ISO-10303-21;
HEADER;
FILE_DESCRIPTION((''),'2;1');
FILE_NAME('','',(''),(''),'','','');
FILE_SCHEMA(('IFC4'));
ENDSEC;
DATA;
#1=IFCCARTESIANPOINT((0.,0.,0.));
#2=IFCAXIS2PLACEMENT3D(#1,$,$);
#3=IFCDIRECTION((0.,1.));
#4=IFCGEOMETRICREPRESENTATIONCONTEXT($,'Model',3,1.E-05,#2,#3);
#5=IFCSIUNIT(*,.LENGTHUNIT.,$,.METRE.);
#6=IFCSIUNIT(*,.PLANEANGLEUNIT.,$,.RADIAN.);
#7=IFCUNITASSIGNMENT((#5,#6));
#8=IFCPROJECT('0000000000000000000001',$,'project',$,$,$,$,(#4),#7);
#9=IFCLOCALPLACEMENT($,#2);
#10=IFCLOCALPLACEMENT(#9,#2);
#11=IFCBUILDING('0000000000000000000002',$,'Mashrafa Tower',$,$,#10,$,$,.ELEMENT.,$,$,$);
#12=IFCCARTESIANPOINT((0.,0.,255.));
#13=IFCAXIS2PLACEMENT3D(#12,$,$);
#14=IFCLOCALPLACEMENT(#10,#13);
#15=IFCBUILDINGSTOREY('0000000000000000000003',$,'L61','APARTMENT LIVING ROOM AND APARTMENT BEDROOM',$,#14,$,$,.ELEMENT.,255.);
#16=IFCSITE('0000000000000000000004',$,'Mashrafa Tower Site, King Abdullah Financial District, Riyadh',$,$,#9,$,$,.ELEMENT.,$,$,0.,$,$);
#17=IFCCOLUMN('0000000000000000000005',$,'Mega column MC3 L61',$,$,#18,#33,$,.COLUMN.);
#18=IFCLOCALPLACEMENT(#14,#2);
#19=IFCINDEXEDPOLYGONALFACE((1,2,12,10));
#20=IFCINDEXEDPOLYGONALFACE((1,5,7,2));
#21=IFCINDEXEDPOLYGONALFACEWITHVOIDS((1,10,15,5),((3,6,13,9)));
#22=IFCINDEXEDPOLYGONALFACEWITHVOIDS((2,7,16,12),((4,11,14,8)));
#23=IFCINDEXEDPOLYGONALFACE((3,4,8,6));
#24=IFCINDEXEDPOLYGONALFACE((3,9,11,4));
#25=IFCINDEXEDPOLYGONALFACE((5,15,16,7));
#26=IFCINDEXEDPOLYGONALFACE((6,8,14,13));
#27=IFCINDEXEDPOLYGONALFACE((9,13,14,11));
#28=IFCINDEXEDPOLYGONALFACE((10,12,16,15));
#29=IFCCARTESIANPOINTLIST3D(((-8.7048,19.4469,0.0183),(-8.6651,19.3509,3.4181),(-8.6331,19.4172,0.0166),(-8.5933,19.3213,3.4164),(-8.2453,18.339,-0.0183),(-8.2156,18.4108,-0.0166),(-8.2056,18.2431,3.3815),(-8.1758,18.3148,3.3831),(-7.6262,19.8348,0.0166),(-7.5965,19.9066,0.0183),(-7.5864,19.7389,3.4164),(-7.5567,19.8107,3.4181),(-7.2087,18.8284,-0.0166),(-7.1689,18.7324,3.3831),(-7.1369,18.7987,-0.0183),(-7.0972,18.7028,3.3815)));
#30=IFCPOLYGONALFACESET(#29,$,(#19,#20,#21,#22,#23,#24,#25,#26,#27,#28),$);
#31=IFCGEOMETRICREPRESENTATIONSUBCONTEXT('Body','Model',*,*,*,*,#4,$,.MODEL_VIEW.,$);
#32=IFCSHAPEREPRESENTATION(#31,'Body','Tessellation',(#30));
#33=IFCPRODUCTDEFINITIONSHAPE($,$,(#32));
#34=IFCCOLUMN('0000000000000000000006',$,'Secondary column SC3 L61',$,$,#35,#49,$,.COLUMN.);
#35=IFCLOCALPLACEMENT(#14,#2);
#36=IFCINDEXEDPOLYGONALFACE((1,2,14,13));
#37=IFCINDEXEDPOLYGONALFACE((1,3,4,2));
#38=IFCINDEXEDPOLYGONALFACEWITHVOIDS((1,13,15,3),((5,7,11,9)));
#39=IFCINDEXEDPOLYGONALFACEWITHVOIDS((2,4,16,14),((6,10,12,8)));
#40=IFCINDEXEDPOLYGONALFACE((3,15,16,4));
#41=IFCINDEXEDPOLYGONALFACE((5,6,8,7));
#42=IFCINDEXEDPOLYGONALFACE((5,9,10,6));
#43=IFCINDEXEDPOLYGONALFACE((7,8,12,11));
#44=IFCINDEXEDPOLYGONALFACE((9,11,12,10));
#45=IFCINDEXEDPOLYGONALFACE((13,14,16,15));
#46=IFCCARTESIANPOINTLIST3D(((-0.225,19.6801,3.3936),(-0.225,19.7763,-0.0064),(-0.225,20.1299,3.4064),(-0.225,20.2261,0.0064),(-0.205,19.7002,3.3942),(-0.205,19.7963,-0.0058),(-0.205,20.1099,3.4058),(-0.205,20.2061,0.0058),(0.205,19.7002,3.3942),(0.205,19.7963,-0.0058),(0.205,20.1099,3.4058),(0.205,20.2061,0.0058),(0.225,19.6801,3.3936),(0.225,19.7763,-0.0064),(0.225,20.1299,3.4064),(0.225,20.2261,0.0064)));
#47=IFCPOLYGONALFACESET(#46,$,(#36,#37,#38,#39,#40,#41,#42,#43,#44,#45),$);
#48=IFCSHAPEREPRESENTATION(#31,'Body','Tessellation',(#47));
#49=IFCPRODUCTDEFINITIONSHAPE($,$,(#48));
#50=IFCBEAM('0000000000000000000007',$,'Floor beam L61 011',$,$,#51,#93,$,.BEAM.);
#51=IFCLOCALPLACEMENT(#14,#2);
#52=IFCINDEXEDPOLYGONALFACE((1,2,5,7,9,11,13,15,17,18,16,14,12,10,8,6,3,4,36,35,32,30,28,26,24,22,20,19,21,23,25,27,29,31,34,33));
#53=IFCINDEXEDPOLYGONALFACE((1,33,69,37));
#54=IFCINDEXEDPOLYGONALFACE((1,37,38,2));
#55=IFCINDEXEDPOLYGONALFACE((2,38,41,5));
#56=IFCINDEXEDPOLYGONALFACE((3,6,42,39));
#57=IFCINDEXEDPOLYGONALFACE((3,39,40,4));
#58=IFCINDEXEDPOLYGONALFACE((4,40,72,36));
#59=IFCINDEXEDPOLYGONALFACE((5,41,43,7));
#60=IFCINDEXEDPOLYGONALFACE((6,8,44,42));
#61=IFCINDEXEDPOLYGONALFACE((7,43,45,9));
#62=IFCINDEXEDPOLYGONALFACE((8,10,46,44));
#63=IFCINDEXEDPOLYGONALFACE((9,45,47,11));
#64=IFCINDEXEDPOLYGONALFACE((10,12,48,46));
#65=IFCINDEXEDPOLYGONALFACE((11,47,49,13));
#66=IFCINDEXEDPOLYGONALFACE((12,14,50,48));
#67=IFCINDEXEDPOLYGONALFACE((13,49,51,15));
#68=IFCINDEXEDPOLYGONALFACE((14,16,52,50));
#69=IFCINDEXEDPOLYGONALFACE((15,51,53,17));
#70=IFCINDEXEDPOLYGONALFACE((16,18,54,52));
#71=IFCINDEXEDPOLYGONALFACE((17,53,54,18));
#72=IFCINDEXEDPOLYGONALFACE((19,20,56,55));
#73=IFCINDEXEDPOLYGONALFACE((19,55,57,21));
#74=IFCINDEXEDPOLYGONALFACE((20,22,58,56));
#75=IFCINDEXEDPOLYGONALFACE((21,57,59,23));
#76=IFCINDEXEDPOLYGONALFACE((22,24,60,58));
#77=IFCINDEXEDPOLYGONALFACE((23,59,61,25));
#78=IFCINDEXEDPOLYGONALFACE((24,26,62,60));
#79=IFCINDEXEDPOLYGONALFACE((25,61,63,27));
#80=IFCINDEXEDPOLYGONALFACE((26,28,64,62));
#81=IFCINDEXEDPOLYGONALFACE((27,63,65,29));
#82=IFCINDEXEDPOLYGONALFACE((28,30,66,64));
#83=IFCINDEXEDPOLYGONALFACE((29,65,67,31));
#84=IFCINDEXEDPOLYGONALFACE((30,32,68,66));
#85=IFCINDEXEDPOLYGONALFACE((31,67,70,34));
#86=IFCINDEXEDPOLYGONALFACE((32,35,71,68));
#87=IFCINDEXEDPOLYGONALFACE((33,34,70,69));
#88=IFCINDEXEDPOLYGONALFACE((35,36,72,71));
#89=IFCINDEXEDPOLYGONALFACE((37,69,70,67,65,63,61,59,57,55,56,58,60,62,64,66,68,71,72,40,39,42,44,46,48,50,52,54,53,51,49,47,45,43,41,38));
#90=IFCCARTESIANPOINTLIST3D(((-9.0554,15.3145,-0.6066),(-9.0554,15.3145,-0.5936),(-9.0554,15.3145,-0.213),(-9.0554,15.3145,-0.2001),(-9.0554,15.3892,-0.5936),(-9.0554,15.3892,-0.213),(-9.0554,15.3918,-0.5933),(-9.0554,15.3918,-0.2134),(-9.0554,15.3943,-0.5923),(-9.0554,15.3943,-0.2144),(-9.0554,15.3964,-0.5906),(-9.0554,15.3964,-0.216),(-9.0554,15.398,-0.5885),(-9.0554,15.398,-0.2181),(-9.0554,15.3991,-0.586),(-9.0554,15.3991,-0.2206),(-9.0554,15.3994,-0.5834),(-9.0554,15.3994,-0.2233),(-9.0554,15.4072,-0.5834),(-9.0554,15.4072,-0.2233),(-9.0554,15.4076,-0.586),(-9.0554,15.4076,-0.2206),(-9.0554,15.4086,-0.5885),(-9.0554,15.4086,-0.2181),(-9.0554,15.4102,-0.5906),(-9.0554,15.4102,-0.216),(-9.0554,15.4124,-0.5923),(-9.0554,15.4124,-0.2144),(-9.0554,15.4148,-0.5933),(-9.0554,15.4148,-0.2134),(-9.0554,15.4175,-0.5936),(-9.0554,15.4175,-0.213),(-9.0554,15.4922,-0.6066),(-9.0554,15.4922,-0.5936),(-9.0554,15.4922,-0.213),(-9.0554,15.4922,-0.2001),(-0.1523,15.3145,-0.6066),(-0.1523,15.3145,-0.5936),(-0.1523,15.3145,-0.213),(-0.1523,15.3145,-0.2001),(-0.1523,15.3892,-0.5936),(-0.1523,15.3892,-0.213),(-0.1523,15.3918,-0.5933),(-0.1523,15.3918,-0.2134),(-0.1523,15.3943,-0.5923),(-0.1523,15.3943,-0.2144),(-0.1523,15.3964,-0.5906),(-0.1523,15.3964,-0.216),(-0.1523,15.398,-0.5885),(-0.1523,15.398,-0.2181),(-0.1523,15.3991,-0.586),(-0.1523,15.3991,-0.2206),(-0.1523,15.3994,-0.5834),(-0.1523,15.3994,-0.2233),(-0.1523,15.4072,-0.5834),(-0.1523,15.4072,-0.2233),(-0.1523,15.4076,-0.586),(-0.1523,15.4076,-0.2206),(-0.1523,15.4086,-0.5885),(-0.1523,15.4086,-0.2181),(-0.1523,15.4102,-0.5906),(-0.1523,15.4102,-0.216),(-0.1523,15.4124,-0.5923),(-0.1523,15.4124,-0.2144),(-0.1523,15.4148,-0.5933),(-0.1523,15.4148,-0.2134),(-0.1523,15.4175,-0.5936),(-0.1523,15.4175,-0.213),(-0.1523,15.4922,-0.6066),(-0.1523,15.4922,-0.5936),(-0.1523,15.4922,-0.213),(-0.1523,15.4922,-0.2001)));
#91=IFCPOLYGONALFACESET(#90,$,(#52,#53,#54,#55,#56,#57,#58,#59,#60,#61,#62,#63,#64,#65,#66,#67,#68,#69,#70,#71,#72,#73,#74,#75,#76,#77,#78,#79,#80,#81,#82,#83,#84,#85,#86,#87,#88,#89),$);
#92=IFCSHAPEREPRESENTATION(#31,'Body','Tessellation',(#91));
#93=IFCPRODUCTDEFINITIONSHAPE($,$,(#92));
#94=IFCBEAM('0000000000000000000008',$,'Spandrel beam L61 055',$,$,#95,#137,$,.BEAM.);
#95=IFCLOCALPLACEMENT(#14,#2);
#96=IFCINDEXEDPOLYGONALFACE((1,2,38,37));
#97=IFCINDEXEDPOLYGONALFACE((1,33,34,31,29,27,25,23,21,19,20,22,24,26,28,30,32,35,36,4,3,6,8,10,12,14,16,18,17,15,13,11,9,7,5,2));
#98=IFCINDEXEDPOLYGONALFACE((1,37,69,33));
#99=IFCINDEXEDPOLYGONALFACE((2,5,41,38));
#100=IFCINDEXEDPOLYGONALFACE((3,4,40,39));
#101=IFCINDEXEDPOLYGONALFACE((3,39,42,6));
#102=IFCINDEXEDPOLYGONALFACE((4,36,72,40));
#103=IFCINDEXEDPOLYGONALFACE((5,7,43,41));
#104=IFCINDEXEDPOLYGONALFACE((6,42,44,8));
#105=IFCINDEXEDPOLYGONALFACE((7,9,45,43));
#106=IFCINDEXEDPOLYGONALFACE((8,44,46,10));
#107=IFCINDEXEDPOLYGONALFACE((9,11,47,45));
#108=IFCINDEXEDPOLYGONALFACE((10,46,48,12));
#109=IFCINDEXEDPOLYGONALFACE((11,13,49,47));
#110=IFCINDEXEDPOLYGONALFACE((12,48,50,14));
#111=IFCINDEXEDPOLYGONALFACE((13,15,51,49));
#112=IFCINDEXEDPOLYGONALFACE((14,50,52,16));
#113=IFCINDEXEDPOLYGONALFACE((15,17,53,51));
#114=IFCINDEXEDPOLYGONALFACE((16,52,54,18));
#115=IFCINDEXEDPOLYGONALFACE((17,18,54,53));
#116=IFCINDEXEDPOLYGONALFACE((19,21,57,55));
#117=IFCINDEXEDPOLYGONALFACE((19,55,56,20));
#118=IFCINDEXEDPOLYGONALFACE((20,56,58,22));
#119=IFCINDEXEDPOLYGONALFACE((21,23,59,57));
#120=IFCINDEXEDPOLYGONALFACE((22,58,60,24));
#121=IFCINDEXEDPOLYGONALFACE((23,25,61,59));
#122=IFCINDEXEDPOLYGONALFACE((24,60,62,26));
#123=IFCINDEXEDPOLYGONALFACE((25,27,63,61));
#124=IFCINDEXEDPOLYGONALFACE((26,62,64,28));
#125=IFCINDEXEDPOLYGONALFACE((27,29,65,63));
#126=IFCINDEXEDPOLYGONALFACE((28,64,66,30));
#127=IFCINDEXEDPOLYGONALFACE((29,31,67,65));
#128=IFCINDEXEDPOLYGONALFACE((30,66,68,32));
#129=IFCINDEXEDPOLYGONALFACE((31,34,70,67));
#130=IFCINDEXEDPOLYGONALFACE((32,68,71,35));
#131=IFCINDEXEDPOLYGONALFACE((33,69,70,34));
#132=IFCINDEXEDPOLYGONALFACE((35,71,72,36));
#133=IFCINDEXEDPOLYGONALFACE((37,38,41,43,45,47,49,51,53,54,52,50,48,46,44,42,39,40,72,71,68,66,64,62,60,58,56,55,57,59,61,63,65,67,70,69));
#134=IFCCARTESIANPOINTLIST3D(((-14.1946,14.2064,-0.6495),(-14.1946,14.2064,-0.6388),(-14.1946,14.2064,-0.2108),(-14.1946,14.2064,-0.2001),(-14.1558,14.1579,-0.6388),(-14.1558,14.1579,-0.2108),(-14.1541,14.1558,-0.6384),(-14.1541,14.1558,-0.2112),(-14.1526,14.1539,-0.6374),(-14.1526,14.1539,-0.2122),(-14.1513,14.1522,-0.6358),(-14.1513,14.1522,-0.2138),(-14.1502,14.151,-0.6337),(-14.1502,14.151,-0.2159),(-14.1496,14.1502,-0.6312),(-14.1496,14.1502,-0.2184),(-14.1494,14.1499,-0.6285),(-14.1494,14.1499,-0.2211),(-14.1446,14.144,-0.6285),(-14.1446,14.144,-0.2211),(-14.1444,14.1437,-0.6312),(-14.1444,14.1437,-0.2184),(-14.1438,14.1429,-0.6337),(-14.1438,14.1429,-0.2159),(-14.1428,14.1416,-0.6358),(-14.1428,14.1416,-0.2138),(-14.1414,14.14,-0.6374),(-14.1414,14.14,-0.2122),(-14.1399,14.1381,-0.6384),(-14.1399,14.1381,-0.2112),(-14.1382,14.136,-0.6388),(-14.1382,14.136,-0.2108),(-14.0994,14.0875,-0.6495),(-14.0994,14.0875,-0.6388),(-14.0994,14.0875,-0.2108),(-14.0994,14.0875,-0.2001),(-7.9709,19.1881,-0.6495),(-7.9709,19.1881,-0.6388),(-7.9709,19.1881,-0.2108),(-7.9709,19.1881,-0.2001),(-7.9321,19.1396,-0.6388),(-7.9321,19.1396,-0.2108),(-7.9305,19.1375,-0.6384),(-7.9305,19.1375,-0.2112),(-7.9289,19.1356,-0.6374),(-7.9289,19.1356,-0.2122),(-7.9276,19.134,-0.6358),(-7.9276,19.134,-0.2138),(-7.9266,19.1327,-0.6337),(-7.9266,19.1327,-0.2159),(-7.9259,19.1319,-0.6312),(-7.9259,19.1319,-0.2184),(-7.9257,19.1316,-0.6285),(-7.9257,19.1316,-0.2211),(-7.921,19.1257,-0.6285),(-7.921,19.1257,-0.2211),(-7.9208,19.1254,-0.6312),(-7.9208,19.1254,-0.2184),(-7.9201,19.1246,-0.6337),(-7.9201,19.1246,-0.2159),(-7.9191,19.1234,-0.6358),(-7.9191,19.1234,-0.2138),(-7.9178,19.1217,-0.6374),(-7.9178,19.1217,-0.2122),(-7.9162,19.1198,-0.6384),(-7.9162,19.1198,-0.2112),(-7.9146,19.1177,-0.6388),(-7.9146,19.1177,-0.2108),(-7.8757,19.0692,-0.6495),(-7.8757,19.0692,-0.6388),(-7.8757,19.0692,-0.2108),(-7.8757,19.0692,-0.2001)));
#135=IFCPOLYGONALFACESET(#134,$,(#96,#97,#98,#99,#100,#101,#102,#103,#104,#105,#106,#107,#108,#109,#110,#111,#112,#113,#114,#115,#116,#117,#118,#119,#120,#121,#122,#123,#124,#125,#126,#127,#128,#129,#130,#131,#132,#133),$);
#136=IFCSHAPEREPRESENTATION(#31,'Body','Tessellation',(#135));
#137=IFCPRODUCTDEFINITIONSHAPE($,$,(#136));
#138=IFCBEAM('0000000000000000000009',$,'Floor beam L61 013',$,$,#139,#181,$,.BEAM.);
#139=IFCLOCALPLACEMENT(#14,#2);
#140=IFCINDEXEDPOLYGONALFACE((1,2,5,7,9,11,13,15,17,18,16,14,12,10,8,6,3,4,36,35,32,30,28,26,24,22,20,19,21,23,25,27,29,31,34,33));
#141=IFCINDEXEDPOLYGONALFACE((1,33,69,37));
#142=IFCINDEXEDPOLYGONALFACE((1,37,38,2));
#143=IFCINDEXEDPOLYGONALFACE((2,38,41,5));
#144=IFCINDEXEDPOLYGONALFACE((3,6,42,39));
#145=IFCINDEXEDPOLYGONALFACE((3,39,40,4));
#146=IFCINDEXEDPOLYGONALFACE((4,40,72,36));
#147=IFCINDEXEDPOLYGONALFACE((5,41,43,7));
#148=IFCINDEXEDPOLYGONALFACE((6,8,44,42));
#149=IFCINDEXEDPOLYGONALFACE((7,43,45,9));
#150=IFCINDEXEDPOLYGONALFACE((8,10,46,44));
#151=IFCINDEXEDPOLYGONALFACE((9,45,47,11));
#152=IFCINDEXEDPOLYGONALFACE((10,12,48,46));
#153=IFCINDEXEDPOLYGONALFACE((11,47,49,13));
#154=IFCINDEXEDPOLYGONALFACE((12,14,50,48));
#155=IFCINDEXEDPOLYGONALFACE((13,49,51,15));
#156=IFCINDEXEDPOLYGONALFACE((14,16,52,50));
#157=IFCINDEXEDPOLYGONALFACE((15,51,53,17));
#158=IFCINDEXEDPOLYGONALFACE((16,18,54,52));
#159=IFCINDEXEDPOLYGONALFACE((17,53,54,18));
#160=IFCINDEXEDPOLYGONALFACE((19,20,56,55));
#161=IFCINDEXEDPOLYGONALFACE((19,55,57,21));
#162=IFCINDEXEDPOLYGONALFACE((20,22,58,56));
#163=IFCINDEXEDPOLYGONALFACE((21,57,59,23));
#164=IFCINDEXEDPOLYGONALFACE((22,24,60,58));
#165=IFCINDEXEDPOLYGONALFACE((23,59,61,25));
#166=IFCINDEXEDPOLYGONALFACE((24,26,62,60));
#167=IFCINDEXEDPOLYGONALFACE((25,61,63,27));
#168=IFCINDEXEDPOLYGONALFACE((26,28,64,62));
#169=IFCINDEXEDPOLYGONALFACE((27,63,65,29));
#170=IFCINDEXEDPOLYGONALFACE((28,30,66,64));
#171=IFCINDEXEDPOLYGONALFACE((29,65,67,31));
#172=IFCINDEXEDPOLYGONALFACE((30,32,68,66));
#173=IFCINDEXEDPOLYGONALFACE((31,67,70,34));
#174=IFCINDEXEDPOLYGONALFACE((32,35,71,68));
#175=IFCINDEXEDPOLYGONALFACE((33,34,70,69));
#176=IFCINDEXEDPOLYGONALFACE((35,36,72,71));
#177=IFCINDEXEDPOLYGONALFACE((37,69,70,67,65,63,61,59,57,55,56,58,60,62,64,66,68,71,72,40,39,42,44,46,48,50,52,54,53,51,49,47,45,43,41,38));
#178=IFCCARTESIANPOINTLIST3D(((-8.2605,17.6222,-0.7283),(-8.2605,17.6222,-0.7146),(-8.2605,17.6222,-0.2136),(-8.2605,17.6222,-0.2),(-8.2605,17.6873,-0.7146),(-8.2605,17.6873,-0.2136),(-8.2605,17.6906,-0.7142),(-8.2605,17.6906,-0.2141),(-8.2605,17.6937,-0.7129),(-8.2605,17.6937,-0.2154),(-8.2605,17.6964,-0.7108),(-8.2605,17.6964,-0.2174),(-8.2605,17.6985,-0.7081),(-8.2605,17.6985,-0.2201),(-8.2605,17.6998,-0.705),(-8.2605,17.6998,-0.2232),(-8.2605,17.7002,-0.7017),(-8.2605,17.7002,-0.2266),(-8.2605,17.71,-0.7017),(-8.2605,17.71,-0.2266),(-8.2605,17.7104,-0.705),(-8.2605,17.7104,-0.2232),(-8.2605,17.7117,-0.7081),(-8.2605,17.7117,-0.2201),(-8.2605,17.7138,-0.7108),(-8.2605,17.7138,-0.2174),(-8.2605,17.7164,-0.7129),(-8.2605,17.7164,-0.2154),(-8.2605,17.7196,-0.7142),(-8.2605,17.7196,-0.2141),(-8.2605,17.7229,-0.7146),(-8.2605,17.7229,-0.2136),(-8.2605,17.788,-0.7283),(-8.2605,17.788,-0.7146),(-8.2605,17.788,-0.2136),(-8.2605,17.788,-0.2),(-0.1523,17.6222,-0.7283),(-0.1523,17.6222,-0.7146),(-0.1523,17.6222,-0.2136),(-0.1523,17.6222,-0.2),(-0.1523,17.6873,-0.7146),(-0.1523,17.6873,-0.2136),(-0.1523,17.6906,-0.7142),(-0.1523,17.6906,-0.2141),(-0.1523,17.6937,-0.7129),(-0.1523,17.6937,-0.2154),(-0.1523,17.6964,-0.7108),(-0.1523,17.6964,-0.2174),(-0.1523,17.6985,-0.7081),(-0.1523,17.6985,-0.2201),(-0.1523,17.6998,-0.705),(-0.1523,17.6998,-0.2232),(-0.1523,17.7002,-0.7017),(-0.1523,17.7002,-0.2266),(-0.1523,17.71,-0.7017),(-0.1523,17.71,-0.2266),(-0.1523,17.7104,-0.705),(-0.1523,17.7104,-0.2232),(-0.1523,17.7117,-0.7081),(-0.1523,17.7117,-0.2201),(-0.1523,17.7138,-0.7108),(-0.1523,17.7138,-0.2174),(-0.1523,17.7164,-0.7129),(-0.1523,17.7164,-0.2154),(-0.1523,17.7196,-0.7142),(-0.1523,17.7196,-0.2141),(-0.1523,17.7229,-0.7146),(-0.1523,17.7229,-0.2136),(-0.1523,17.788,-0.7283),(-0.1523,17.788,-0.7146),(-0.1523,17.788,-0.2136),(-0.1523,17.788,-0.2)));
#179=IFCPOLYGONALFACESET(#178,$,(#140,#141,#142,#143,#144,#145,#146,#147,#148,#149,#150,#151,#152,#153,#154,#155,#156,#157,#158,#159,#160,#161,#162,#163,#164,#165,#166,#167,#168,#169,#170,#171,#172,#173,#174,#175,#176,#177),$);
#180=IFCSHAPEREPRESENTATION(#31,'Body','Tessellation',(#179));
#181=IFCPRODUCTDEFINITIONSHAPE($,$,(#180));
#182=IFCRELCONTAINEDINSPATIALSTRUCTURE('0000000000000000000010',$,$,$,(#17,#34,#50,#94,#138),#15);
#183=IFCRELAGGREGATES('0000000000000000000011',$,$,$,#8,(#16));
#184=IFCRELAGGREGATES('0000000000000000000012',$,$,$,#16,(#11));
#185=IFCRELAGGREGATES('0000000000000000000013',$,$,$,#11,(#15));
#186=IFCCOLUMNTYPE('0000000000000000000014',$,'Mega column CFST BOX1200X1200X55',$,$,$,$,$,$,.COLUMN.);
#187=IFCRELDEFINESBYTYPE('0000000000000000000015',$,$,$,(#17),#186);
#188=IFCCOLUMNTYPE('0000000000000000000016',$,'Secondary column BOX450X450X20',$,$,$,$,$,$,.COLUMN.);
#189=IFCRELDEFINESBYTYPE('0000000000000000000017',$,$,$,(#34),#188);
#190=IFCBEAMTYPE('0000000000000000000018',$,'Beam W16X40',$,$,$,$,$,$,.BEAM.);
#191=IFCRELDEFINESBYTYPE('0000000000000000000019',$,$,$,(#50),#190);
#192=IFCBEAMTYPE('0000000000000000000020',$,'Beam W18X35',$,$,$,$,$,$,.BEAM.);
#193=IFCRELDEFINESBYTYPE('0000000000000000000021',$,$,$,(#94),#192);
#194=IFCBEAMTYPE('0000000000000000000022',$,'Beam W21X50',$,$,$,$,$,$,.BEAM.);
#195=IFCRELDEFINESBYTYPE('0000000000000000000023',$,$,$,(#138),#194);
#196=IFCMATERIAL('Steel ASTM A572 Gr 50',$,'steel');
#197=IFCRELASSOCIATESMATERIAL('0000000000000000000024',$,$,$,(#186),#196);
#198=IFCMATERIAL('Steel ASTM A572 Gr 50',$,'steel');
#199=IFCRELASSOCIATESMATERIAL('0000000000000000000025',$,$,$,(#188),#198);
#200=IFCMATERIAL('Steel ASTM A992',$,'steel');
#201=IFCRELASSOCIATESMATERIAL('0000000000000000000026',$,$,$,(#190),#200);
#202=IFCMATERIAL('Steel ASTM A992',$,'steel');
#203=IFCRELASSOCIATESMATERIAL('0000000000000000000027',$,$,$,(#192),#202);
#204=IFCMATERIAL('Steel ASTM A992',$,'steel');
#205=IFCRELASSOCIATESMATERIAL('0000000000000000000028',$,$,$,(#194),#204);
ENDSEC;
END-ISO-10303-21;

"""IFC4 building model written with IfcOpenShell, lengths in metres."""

from ifc_helpers import new_model, si_unit, direction, frame, origin, origin_2d, place, context, subcontext, project, spatial, hollow_rectangle, i_section, extrude, material, material_profile, profile_set, type_object, element, save


model = new_model("IFC4")

# Units and contexts
model_context = context("Model", 3, precision=1e-05, world=origin(), true_north=direction((0.0, 1.0)))
body_context = subcontext(model_context, "Body", "Model", "MODEL_VIEW")
ifc_project = project(units=[si_unit("LENGTHUNIT", "METRE"), si_unit("PLANEANGLEUNIT", "RADIAN")], contexts=[model_context])

# Site, building, storey
site_placement = place(None, origin())
site = spatial("IfcSite", under=ifc_project, at=site_placement, Name="Mashrafa Tower Site, King Abdullah Financial District, Riyadh", CompositionType="ELEMENT", RefElevation=0.0)
building_placement = place(site_placement, origin())
building = spatial("IfcBuilding", under=site, at=building_placement, Name="Mashrafa Tower", CompositionType="ELEMENT")
storey_placement = place(building_placement, frame((0.0, 0.0, 255.0)))
storey = spatial("IfcBuildingStorey", under=building, at=storey_placement, Name="L61", Description="APARTMENT LIVING ROOM AND APARTMENT BEDROOM", CompositionType="ELEMENT", Elevation=255.0)

# Columns
ifc_material_1 = material(Name="Steel ASTM A572 Gr 50", Category="steel")
ifc_material_profile_1 = material_profile(ifc_material_1, hollow_rectangle(XDim=1.2, YDim=1.2, WallThickness=0.0549, at=origin_2d()), Name="BOX1200X1200X55")
ifc_profile_set_1 = profile_set([ifc_material_profile_1], Name="Steel ASTM A572 Gr 50")
column_type_1 = type_object("IfcColumnType", Name="Mega column CFST BOX1200X1200X55", PredefinedType="COLUMN", material=ifc_profile_set_1)
column_1_placement = place(storey_placement, frame((-7.9209, 19.1228, 0.0), z_axis=(0.011699, -0.028207, 0.999534), x_axis=(0.923702, 0.383113, 0.0)))
element("IfcColumn", 1, at=column_1_placement, inside=storey, type_object=column_type_1, Name="Mega column MC3 L61", PredefinedType="COLUMN", context=body_context, shape_type="SweptSolid", body=[
    extrude(hollow_rectangle(XDim=1.2, YDim=1.2, WallThickness=0.0549, at=origin_2d()), origin(), (0.0, 0.0, 1.0), 3.4014),
])
ifc_material_2 = material(Name="Steel ASTM A572 Gr 50", Category="steel")
ifc_material_profile_2 = material_profile(ifc_material_2, hollow_rectangle(XDim=0.45, YDim=0.45, WallThickness=0.02, at=origin_2d()), Name="BOX450X450X20")
ifc_profile_set_2 = profile_set([ifc_material_profile_2], Name="Steel ASTM A572 Gr 50")
column_type_2 = type_object("IfcColumnType", Name="Secondary column BOX450X450X20", PredefinedType="COLUMN", material=ifc_profile_set_2)
column_2_placement = place(storey_placement, frame((0.0, 20.0012, 0.0), z_axis=(0.0, -0.028281, 0.9996), x_axis=(1.0, 0.0, 0.0)))
element("IfcColumn", 2, at=column_2_placement, inside=storey, type_object=column_type_2, Name="Secondary column SC3 L61", PredefinedType="COLUMN", context=body_context, shape_type="SweptSolid", body=[
    extrude(hollow_rectangle(XDim=0.45, YDim=0.45, WallThickness=0.02, at=origin_2d()), origin(), (0.0, 0.0, 1.0), 3.4014),
])

# Beams
ifc_material_3 = material(Name="Steel ASTM A992", Category="steel")
ifc_material_profile_3 = material_profile(ifc_material_3, i_section(OverallWidth=0.1777, OverallDepth=0.4065, WebThickness=0.0078, FlangeThickness=0.0129, FilletRadius=0.0103, at=origin_2d()), Name="W16X40")
ifc_profile_set_3 = profile_set([ifc_material_profile_3], Name="Steel ASTM A992")
beam_type_1 = type_object("IfcBeamType", Name="Beam W16X40", PredefinedType="BEAM", material=ifc_profile_set_3)
beam_1_placement = place(storey_placement, frame((-9.0554, 15.4033, -0.4033), z_axis=(1.0, 0.0, 0.0), x_axis=(0.0, 1.0, 0.0)))
element("IfcBeam", 3, at=beam_1_placement, inside=storey, type_object=beam_type_1, Name="Floor beam L61 011", PredefinedType="BEAM", context=body_context, shape_type="SweptSolid", body=[
    extrude(i_section(OverallWidth=0.1777, OverallDepth=0.4065, WebThickness=0.0078, FlangeThickness=0.0129, FilletRadius=0.0103, at=origin_2d()), origin(), (0.0, 0.0, 1.0), 8.9031),
])
ifc_material_4 = material(Name="Steel ASTM A992", Category="steel")
ifc_material_profile_4 = material_profile(ifc_material_4, i_section(OverallWidth=0.1523, OverallDepth=0.4495, WebThickness=0.0076, FlangeThickness=0.0107, FilletRadius=0.0103, at=origin_2d()), Name="W18X35")
ifc_profile_set_4 = profile_set([ifc_material_profile_4], Name="Steel ASTM A992")
beam_type_2 = type_object("IfcBeamType", Name="Beam W18X35", PredefinedType="BEAM", material=ifc_profile_set_4)
beam_2_placement = place(storey_placement, frame((-7.9233, 19.1287, -0.4248), z_axis=(-0.780698, -0.624908, 0.0), x_axis=(0.624908, -0.780698, 0.0)))
element("IfcBeam", 4, at=beam_2_placement, inside=storey, type_object=beam_type_2, Name="Spandrel beam L61 055", PredefinedType="BEAM", context=body_context, shape_type="SweptSolid", body=[
    extrude(i_section(OverallWidth=0.1523, OverallDepth=0.4495, WebThickness=0.0076, FlangeThickness=0.0107, FilletRadius=0.0103, at=origin_2d()), origin(), (0.0, 0.0, 1.0), 7.9719),
])
ifc_material_5 = material(Name="Steel ASTM A992", Category="steel")
ifc_material_profile_5 = material_profile(ifc_material_5, i_section(OverallWidth=0.1658, OverallDepth=0.5283, WebThickness=0.0098, FlangeThickness=0.0137, FilletRadius=0.0129, at=origin_2d()), Name="W21X50")
ifc_profile_set_5 = profile_set([ifc_material_profile_5], Name="Steel ASTM A992")
beam_type_3 = type_object("IfcBeamType", Name="Beam W21X50", PredefinedType="BEAM", material=ifc_profile_set_5)
beam_3_placement = place(storey_placement, frame((-8.2605, 17.7051, -0.4641), z_axis=(1.0, 0.0, 0.0), x_axis=(0.0, 1.0, 0.0)))
element("IfcBeam", 5, at=beam_3_placement, inside=storey, type_object=beam_type_3, Name="Floor beam L61 013", PredefinedType="BEAM", context=body_context, shape_type="SweptSolid", body=[
    extrude(i_section(OverallWidth=0.1658, OverallDepth=0.5283, WebThickness=0.0098, FlangeThickness=0.0137, FilletRadius=0.0129, at=origin_2d()), origin(), (0.0, 0.0, 1.0), 8.1082),
])

save(model, "model.ifc")
